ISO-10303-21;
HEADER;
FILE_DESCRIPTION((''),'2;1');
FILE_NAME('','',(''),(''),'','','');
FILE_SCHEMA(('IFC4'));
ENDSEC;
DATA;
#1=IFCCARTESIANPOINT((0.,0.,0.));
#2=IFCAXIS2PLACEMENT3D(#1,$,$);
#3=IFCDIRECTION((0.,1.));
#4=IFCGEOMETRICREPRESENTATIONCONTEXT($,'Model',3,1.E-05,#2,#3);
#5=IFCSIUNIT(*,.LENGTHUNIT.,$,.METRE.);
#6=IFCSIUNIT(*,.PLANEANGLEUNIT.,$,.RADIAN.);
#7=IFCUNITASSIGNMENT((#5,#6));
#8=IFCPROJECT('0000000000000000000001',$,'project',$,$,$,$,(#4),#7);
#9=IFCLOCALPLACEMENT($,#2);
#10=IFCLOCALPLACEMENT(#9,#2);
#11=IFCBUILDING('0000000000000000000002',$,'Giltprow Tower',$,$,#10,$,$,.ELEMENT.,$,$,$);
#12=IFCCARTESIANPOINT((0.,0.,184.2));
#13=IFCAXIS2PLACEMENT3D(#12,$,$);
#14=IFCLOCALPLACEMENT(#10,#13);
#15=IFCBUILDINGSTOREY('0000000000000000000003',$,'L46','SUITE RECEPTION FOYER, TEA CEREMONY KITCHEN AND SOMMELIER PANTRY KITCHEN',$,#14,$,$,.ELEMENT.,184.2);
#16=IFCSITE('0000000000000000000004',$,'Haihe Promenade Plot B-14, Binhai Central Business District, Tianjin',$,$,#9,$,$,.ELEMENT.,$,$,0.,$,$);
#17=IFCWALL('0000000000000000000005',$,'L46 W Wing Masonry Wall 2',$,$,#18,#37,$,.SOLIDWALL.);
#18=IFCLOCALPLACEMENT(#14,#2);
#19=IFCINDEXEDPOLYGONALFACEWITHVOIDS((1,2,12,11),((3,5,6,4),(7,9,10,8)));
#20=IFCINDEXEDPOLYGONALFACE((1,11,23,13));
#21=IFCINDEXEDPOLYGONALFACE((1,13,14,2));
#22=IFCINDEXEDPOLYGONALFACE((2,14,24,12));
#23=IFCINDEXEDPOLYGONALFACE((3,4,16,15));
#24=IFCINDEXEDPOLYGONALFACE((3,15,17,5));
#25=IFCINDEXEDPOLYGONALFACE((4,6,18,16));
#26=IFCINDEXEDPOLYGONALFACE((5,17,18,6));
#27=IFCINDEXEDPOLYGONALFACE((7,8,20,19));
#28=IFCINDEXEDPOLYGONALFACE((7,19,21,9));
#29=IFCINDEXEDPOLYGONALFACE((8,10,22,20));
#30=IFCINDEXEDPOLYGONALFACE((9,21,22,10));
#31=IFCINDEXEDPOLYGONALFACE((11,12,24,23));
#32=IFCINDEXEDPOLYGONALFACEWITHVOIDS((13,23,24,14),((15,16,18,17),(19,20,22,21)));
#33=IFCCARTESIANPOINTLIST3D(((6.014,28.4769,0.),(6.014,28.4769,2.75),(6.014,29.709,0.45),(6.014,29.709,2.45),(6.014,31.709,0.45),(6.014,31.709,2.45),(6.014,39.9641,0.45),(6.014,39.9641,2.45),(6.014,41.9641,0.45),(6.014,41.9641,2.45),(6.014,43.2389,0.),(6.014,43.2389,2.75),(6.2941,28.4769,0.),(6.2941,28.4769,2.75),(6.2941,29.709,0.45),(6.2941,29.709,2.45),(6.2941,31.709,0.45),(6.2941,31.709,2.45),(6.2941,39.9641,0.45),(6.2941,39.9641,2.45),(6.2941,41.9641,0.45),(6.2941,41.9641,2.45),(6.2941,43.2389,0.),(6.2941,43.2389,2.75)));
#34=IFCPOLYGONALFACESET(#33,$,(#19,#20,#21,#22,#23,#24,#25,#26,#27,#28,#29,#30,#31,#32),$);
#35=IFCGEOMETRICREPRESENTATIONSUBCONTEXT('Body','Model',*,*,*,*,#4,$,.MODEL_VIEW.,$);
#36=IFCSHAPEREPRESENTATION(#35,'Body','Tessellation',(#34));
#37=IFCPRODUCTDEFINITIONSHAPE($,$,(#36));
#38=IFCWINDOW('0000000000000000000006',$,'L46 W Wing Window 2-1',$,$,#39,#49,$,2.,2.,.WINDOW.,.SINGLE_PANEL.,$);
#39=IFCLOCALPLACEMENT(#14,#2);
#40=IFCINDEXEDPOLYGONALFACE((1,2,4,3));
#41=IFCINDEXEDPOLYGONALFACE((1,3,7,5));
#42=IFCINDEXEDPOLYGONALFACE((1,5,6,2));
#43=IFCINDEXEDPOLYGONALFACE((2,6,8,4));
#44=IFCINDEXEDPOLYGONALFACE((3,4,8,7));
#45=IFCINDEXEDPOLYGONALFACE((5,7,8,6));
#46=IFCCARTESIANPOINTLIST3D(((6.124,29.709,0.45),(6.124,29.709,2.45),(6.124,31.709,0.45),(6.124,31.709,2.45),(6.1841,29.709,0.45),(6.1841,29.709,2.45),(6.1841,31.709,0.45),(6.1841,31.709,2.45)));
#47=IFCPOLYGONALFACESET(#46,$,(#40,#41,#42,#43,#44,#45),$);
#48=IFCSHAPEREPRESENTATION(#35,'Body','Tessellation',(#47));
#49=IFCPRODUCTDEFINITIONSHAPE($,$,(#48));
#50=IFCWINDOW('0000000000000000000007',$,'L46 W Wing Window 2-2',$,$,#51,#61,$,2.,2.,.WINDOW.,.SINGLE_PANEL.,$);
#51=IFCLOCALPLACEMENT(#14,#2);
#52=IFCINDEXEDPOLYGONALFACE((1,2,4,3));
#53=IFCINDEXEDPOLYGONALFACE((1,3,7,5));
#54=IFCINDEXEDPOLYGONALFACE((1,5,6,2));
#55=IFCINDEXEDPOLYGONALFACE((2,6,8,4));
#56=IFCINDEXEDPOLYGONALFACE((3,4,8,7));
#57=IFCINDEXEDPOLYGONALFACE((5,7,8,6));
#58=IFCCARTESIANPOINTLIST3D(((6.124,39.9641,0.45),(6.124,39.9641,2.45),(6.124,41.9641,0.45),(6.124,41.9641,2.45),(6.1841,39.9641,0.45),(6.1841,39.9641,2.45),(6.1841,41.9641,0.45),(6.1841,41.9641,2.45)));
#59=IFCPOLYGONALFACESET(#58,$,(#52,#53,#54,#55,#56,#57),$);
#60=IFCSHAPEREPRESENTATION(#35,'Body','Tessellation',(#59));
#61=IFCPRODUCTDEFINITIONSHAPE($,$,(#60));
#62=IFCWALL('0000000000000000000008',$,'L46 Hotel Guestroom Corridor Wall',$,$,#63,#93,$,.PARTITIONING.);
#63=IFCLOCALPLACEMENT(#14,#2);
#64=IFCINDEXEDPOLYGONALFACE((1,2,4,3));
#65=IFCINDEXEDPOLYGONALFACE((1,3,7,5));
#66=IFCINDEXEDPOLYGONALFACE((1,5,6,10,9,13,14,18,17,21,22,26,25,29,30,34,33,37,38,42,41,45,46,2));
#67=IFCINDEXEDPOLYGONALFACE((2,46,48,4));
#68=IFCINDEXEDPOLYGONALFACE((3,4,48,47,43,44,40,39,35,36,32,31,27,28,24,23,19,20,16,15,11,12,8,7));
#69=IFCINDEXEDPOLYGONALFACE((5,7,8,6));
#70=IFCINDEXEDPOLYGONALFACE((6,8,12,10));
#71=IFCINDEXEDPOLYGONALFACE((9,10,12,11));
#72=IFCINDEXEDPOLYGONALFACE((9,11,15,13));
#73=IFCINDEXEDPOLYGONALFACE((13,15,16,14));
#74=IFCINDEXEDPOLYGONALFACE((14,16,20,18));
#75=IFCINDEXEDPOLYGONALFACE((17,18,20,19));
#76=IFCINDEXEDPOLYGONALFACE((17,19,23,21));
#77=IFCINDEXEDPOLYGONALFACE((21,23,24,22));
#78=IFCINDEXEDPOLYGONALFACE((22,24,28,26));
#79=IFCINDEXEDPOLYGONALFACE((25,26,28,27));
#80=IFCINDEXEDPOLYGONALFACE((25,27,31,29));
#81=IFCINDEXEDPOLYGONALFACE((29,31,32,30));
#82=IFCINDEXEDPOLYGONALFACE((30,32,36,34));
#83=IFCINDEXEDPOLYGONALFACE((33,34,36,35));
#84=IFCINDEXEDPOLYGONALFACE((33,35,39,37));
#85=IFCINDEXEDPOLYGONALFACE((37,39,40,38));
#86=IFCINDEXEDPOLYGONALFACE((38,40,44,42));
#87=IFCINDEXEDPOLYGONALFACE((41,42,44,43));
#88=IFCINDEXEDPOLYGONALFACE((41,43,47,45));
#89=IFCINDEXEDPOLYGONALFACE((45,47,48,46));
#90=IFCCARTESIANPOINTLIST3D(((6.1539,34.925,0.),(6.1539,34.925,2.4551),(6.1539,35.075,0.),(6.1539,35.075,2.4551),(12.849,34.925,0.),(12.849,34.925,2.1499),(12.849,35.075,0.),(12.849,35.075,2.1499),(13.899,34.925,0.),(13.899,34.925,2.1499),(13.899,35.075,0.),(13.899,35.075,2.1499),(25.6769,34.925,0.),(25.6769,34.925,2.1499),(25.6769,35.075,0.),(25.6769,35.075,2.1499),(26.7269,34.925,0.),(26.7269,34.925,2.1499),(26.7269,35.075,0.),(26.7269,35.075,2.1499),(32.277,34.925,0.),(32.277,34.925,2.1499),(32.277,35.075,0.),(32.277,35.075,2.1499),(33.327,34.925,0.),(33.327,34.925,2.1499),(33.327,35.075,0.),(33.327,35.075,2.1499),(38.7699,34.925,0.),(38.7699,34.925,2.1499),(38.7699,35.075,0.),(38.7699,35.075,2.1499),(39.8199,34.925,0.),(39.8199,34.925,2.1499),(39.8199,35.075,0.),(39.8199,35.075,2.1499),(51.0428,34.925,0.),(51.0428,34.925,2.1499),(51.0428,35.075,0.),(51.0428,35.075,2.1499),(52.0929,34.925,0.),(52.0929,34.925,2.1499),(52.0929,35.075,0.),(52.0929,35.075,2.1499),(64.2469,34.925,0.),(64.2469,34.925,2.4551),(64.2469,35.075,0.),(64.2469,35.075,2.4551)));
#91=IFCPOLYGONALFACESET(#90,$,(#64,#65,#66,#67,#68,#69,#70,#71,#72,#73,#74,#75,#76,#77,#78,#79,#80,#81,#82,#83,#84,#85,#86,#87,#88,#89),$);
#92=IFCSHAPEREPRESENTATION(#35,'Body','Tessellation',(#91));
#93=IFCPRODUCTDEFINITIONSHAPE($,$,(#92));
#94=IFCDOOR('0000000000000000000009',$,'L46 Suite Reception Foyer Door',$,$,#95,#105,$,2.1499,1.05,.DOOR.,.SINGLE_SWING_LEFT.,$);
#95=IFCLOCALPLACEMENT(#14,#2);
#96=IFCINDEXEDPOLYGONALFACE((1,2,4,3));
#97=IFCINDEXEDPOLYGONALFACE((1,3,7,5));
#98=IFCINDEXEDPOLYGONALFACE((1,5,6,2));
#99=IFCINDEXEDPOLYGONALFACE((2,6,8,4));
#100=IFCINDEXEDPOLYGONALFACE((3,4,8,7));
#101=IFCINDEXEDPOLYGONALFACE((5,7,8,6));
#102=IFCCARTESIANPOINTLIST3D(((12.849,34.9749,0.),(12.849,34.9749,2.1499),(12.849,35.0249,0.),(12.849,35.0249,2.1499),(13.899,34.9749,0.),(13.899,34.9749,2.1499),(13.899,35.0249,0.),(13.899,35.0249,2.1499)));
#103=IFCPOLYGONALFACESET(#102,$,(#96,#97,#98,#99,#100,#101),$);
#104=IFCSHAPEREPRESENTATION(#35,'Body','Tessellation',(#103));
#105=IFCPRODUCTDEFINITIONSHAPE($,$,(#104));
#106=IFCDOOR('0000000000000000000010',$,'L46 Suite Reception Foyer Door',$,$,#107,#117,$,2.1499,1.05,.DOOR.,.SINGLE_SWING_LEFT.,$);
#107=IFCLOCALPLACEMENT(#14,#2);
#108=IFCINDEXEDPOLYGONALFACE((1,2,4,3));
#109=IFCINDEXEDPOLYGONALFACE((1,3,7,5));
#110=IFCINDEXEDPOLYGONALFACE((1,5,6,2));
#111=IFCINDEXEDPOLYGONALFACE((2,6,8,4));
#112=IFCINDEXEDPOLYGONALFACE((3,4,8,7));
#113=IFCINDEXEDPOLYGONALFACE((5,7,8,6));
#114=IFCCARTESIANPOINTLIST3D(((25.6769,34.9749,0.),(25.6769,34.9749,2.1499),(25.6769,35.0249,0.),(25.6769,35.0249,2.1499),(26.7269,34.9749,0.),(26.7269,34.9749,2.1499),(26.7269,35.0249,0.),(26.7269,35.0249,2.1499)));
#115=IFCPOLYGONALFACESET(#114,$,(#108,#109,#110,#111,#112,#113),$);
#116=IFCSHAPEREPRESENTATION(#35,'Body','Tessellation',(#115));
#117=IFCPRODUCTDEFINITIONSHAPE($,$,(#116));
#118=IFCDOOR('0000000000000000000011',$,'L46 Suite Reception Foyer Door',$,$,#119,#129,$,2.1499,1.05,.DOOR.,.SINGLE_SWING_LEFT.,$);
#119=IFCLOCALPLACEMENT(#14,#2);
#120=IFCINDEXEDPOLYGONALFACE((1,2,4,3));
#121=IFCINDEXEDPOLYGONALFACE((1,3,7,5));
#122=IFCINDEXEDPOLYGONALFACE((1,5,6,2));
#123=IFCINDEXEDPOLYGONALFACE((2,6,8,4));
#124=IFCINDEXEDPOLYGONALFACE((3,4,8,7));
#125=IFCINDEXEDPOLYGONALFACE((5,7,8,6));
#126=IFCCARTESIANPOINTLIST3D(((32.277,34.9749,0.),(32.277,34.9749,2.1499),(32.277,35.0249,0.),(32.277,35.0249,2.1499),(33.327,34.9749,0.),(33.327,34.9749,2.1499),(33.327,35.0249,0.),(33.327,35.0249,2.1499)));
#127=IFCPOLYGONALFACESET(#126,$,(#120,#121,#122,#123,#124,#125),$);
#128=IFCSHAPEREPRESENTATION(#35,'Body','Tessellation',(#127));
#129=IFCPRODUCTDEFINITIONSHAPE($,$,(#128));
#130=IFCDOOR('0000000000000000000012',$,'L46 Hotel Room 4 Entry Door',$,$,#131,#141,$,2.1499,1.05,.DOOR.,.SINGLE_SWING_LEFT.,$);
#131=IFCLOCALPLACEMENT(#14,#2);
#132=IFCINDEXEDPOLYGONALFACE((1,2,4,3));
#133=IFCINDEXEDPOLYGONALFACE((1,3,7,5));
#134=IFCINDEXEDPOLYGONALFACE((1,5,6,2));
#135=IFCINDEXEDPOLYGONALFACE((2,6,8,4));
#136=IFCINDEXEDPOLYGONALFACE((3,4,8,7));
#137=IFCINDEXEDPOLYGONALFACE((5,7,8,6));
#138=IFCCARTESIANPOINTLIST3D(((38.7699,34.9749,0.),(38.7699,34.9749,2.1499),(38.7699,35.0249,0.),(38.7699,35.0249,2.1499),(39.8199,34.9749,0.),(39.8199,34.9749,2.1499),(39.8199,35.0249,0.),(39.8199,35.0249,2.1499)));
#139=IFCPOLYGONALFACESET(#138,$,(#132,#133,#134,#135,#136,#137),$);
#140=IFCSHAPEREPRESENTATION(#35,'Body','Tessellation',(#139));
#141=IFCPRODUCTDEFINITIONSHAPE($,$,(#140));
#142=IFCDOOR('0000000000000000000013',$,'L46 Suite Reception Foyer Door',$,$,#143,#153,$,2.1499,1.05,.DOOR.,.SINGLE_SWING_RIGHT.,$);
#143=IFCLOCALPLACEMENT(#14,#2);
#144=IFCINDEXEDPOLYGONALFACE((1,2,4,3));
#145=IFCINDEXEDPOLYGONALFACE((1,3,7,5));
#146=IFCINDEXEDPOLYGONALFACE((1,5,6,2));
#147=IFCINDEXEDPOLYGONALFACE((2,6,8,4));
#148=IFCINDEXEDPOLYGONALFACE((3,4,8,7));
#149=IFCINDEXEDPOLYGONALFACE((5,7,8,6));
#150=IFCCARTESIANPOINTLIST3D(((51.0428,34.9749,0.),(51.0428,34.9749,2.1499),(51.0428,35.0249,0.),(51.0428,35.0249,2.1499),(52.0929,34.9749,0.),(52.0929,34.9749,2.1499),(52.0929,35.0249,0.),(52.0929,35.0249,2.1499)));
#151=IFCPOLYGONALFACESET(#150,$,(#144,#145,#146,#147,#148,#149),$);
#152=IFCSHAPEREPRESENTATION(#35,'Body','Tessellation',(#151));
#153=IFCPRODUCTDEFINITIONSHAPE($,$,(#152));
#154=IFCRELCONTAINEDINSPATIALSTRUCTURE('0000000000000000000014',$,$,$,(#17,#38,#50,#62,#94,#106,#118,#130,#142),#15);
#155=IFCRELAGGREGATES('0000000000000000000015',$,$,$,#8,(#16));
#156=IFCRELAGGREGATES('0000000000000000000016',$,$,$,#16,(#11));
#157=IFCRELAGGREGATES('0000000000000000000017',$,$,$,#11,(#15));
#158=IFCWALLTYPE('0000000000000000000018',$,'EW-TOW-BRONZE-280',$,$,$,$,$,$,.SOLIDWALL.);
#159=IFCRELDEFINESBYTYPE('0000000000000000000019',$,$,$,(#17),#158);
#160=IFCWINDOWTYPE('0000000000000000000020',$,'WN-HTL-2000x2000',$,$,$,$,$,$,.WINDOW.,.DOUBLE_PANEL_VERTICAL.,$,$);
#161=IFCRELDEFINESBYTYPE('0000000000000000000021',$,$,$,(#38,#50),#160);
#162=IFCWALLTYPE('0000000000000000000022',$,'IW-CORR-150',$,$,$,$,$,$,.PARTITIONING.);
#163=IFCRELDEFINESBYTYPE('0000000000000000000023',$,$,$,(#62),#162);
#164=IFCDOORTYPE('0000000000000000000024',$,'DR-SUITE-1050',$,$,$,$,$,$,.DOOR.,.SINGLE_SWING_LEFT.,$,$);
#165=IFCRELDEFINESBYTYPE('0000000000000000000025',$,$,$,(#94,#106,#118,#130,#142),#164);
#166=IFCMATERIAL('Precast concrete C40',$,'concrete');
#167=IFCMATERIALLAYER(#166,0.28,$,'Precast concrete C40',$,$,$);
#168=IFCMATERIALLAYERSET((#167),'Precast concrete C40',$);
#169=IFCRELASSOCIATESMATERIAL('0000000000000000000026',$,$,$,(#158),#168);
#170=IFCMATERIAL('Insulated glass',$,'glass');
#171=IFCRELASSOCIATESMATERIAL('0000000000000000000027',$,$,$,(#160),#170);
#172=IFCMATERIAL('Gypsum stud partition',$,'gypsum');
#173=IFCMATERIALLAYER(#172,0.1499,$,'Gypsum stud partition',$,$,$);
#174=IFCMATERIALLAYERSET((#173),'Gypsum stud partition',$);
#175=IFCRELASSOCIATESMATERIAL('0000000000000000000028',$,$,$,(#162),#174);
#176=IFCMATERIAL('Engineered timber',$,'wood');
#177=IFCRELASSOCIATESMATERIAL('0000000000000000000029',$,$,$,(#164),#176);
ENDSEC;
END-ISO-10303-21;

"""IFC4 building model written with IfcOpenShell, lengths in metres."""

from ifc_helpers import new_model, si_unit, direction, frame, frame_2d, origin, place, context, subcontext, project, spatial, rectangle, extrude, source, transform, mapped, material, layer, layer_set, type_object, element, fill, save


model = new_model("IFC4")

# Units and contexts
model_context = context("Model", 3, precision=1e-05, world=origin(), true_north=direction((0.0, 1.0)))
body_context = subcontext(model_context, "Body", "Model", "MODEL_VIEW")
ifc_project = project(units=[si_unit("LENGTHUNIT", "METRE"), si_unit("PLANEANGLEUNIT", "RADIAN")], contexts=[model_context])

# Site, building, storey
site_placement = place(None, origin())
site = spatial("IfcSite", under=ifc_project, at=site_placement, Name="Haihe Promenade Plot B-14, Binhai Central Business District, Tianjin", CompositionType="ELEMENT", RefElevation=0.0)
building_placement = place(site_placement, origin())
building = spatial("IfcBuilding", under=site, at=building_placement, Name="Giltprow Tower", CompositionType="ELEMENT")
storey_placement = place(building_placement, frame((0.0, 0.0, 184.2)))
storey = spatial("IfcBuildingStorey", under=building, at=storey_placement, Name="L46", Description="SUITE RECEPTION FOYER, TEA CEREMONY KITCHEN AND SOMMELIER PANTRY KITCHEN", CompositionType="ELEMENT", Elevation=184.2)

# Wall, openings, windows
ifc_material_1 = material(Name="Precast concrete C40", Category="concrete")
ifc_layer_1 = layer(ifc_material_1, 0.28, Name="Precast concrete C40")
ifc_layer_set_1 = layer_set([ifc_layer_1], Name="Precast concrete C40")
wall_type_1 = type_object("IfcWallType", Name="EW-TOW-BRONZE-280", PredefinedType="SOLIDWALL", material=ifc_layer_set_1)
wall_1_placement = place(storey_placement, frame((6.1541, 28.4771, 0.0), z_axis=(0.0, 0.0, 1.0), x_axis=(0.0, 1.0, 0.0)))
wall_1 = element("IfcWall", 1, at=wall_1_placement, inside=storey, type_object=wall_type_1, Name="L46 W Wing Masonry Wall 2", PredefinedType="SOLIDWALL", context=body_context, shape_type="SweptSolid", body=[
    extrude(rectangle(XDim=14.762, YDim=0.28, at=frame_2d((7.3809, 0.0))), origin(), (0.0, 0.0, 1.0), 2.75),
])
opening_1_placement = place(wall_1_placement, frame((1.2319, 0.0, 0.45)))
opening_1 = element("IfcOpeningElement", 2, at=opening_1_placement, cuts=wall_1, PredefinedType="OPENING", context=body_context, shape_type="SweptSolid", body=[
    extrude(rectangle(XDim=2.0, YDim=2.0, at=frame_2d((1.0, 1.0))), frame((0.0, 0.1499, 0.0), z_axis=(0.0, -1.0, 0.0), x_axis=(1.0, 0.0, 0.0)), (0.0, 0.0, 1.0), 0.3),
])
opening_2_placement = place(wall_1_placement, frame((11.4871, 0.0, 0.45)))
opening_2 = element("IfcOpeningElement", 3, at=opening_2_placement, cuts=wall_1, PredefinedType="OPENING", context=body_context, shape_type="SweptSolid", body=[
    extrude(rectangle(XDim=2.0, YDim=2.0, at=frame_2d((1.0, 1.0))), frame((0.0, 0.1499, 0.0), z_axis=(0.0, -1.0, 0.0), x_axis=(1.0, 0.0, 0.0)), (0.0, 0.0, 1.0), 0.3),
])
ifc_material_2 = material(Name="Insulated glass", Category="glass")
window_type = type_object("IfcWindowType", Name="WN-HTL-2000x2000", PartitioningType="DOUBLE_PANEL_VERTICAL", PredefinedType="WINDOW", material=ifc_material_2)
shared_shape_1 = source(origin(), body_context, "Body", "SweptSolid", [
    extrude(rectangle(XDim=2.0, YDim=2.0, at=frame_2d((1.0, 1.0))), frame((0.0, 0.03, 0.0), z_axis=(0.0, -1.0, 0.0), x_axis=(1.0, 0.0, 0.0)), (0.0, 0.0, 1.0), 0.0601),
])
window_1_placement = place(opening_1_placement, origin())
window_1 = element("IfcWindow", 4, at=window_1_placement, inside=storey, type_object=window_type, Name="L46 W Wing Window 2-1", OverallHeight=2.0, OverallWidth=2.0, PartitioningType="SINGLE_PANEL", PredefinedType="WINDOW", context=body_context, shape_type="MappedRepresentation", body=[
    mapped(shared_shape_1, transform((0.0, 0.0, 0.0), x_axis=(1.0, 0.0, 0.0), y_axis=(0.0, 1.0, 0.0), z_axis=(0.0, 0.0, 1.0), scale=1.0)),
])
fill(opening_1, window_1)
window_2_placement = place(opening_2_placement, origin())
window_2 = element("IfcWindow", 5, at=window_2_placement, inside=storey, type_object=window_type, Name="L46 W Wing Window 2-2", OverallHeight=2.0, OverallWidth=2.0, PartitioningType="SINGLE_PANEL", PredefinedType="WINDOW", context=body_context, shape_type="MappedRepresentation", body=[
    mapped(shared_shape_1, transform((0.0, 0.0, 0.0), x_axis=(1.0, 0.0, 0.0), y_axis=(0.0, 1.0, 0.0), z_axis=(0.0, 0.0, 1.0), scale=1.0)),
])
fill(opening_2, window_2)

# Wall, openings, doors
ifc_material_3 = material(Name="Gypsum stud partition", Category="gypsum")
ifc_layer_2 = layer(ifc_material_3, 0.1499, Name="Gypsum stud partition")
ifc_layer_set_2 = layer_set([ifc_layer_2], Name="Gypsum stud partition")
wall_type_2 = type_object("IfcWallType", Name="IW-CORR-150", PredefinedType="PARTITIONING", material=ifc_layer_set_2)
wall_2_placement = place(storey_placement, frame((6.1541, 35.0, 0.0), z_axis=(0.0, 0.0, 1.0), x_axis=(1.0, 0.0, 0.0)))
wall_2 = element("IfcWall", 6, at=wall_2_placement, inside=storey, type_object=wall_type_2, Name="L46 Hotel Guestroom Corridor Wall", PredefinedType="PARTITIONING", context=body_context, shape_type="SweptSolid", body=[
    extrude(rectangle(XDim=58.093, YDim=0.1499, at=frame_2d((29.0464, 0.0))), origin(), (0.0, 0.0, 1.0), 2.4551),
])
opening_3_placement = place(wall_2_placement, frame((6.6951, 0.0, 0.0)))
opening_3 = element("IfcOpeningElement", 7, at=opening_3_placement, cuts=wall_2, PredefinedType="OPENING", context=body_context, shape_type="SweptSolid", body=[
    extrude(rectangle(XDim=1.05, YDim=2.1499, at=frame_2d((0.5249, 1.075))), frame((0.0, 0.085, 0.0), z_axis=(0.0, -1.0, 0.0), x_axis=(1.0, 0.0, 0.0)), (0.0, 0.0, 1.0), 0.1699),
])
opening_4_placement = place(wall_2_placement, frame((19.5229, 0.0, 0.0)))
opening_4 = element("IfcOpeningElement", 8, at=opening_4_placement, cuts=wall_2, PredefinedType="OPENING", context=body_context, shape_type="SweptSolid", body=[
    extrude(rectangle(XDim=1.05, YDim=2.1499, at=frame_2d((0.5249, 1.075))), frame((0.0, 0.085, 0.0), z_axis=(0.0, -1.0, 0.0), x_axis=(1.0, 0.0, 0.0)), (0.0, 0.0, 1.0), 0.1699),
])
opening_5_placement = place(wall_2_placement, frame((26.123, 0.0, 0.0)))
opening_5 = element("IfcOpeningElement", 9, at=opening_5_placement, cuts=wall_2, PredefinedType="OPENING", context=body_context, shape_type="SweptSolid", body=[
    extrude(rectangle(XDim=1.05, YDim=2.1499, at=frame_2d((0.5249, 1.075))), frame((0.0, 0.085, 0.0), z_axis=(0.0, -1.0, 0.0), x_axis=(1.0, 0.0, 0.0)), (0.0, 0.0, 1.0), 0.1699),
])
opening_6_placement = place(wall_2_placement, frame((32.616, 0.0, 0.0)))
opening_6 = element("IfcOpeningElement", 10, at=opening_6_placement, cuts=wall_2, PredefinedType="OPENING", context=body_context, shape_type="SweptSolid", body=[
    extrude(rectangle(XDim=1.05, YDim=2.1499, at=frame_2d((0.5249, 1.075))), frame((0.0, 0.085, 0.0), z_axis=(0.0, -1.0, 0.0), x_axis=(1.0, 0.0, 0.0)), (0.0, 0.0, 1.0), 0.1699),
])
opening_7_placement = place(wall_2_placement, frame((44.8889, 0.0, 0.0)))
opening_7 = element("IfcOpeningElement", 11, at=opening_7_placement, cuts=wall_2, PredefinedType="OPENING", context=body_context, shape_type="SweptSolid", body=[
    extrude(rectangle(XDim=1.05, YDim=2.1499, at=frame_2d((0.5249, 1.075))), frame((0.0, 0.085, 0.0), z_axis=(0.0, -1.0, 0.0), x_axis=(1.0, 0.0, 0.0)), (0.0, 0.0, 1.0), 0.1699),
])
ifc_material_4 = material(Name="Engineered timber", Category="wood")
door_type_1 = type_object("IfcDoorType", Name="DR-SUITE-1050", OperationType="SINGLE_SWING_LEFT", PredefinedType="DOOR", material=ifc_material_4)
shared_shape_2 = source(origin(), body_context, "Body", "SweptSolid", [
    extrude(rectangle(XDim=1.05, YDim=2.1499, at=frame_2d((0.5249, 1.075))), frame((0.0, 0.0249, 0.0), z_axis=(0.0, -1.0, 0.0), x_axis=(1.0, 0.0, 0.0)), (0.0, 0.0, 1.0), 0.05),
])
door_1_placement = place(opening_3_placement, origin())
door_1 = element("IfcDoor", 12, at=door_1_placement, inside=storey, type_object=door_type_1, Name="L46 Suite Reception Foyer Door", OperationType="SINGLE_SWING_LEFT", OverallHeight=2.1499, OverallWidth=1.05, PredefinedType="DOOR", context=body_context, shape_type="MappedRepresentation", body=[
    mapped(shared_shape_2, transform((0.0, 0.0, 0.0), x_axis=(1.0, 0.0, 0.0), y_axis=(0.0, 1.0, 0.0), z_axis=(0.0, 0.0, 1.0), scale=1.0)),
])
fill(opening_3, door_1)
door_2_placement = place(opening_4_placement, origin())
door_2 = element("IfcDoor", 13, at=door_2_placement, inside=storey, type_object=door_type_1, Name="L46 Suite Reception Foyer Door", OperationType="SINGLE_SWING_LEFT", OverallHeight=2.1499, OverallWidth=1.05, PredefinedType="DOOR", context=body_context, shape_type="MappedRepresentation", body=[
    mapped(shared_shape_2, transform((0.0, 0.0, 0.0), x_axis=(1.0, 0.0, 0.0), y_axis=(0.0, 1.0, 0.0), z_axis=(0.0, 0.0, 1.0), scale=1.0)),
])
fill(opening_4, door_2)
door_3_placement = place(opening_5_placement, origin())
door_3 = element("IfcDoor", 14, at=door_3_placement, inside=storey, type_object=door_type_1, Name="L46 Suite Reception Foyer Door", OperationType="SINGLE_SWING_LEFT", OverallHeight=2.1499, OverallWidth=1.05, PredefinedType="DOOR", context=body_context, shape_type="MappedRepresentation", body=[
    mapped(shared_shape_2, transform((0.0, 0.0, 0.0), x_axis=(1.0, 0.0, 0.0), y_axis=(0.0, 1.0, 0.0), z_axis=(0.0, 0.0, 1.0), scale=1.0)),
])
fill(opening_5, door_3)
door_4_placement = place(opening_6_placement, origin())
door_4 = element("IfcDoor", 15, at=door_4_placement, inside=storey, type_object=door_type_1, Name="L46 Hotel Room 4 Entry Door", OperationType="SINGLE_SWING_LEFT", OverallHeight=2.1499, OverallWidth=1.05, PredefinedType="DOOR", context=body_context, shape_type="MappedRepresentation", body=[
    mapped(shared_shape_2, transform((0.0, 0.0, 0.0), x_axis=(1.0, 0.0, 0.0), y_axis=(0.0, 1.0, 0.0), z_axis=(0.0, 0.0, 1.0), scale=1.0)),
])
fill(opening_6, door_4)
door_5_placement = place(opening_7_placement, origin())
door_5 = element("IfcDoor", 16, at=door_5_placement, inside=storey, type_object=door_type_1, Name="L46 Suite Reception Foyer Door", OperationType="SINGLE_SWING_RIGHT", OverallHeight=2.1499, OverallWidth=1.05, PredefinedType="DOOR", context=body_context, shape_type="MappedRepresentation", body=[
    mapped(shared_shape_2, transform((0.0, 0.0, 0.0), x_axis=(1.0, 0.0, 0.0), y_axis=(0.0, 1.0, 0.0), z_axis=(0.0, 0.0, 1.0), scale=1.0)),
])
fill(opening_7, door_5)

save(model, "model.ifc")
